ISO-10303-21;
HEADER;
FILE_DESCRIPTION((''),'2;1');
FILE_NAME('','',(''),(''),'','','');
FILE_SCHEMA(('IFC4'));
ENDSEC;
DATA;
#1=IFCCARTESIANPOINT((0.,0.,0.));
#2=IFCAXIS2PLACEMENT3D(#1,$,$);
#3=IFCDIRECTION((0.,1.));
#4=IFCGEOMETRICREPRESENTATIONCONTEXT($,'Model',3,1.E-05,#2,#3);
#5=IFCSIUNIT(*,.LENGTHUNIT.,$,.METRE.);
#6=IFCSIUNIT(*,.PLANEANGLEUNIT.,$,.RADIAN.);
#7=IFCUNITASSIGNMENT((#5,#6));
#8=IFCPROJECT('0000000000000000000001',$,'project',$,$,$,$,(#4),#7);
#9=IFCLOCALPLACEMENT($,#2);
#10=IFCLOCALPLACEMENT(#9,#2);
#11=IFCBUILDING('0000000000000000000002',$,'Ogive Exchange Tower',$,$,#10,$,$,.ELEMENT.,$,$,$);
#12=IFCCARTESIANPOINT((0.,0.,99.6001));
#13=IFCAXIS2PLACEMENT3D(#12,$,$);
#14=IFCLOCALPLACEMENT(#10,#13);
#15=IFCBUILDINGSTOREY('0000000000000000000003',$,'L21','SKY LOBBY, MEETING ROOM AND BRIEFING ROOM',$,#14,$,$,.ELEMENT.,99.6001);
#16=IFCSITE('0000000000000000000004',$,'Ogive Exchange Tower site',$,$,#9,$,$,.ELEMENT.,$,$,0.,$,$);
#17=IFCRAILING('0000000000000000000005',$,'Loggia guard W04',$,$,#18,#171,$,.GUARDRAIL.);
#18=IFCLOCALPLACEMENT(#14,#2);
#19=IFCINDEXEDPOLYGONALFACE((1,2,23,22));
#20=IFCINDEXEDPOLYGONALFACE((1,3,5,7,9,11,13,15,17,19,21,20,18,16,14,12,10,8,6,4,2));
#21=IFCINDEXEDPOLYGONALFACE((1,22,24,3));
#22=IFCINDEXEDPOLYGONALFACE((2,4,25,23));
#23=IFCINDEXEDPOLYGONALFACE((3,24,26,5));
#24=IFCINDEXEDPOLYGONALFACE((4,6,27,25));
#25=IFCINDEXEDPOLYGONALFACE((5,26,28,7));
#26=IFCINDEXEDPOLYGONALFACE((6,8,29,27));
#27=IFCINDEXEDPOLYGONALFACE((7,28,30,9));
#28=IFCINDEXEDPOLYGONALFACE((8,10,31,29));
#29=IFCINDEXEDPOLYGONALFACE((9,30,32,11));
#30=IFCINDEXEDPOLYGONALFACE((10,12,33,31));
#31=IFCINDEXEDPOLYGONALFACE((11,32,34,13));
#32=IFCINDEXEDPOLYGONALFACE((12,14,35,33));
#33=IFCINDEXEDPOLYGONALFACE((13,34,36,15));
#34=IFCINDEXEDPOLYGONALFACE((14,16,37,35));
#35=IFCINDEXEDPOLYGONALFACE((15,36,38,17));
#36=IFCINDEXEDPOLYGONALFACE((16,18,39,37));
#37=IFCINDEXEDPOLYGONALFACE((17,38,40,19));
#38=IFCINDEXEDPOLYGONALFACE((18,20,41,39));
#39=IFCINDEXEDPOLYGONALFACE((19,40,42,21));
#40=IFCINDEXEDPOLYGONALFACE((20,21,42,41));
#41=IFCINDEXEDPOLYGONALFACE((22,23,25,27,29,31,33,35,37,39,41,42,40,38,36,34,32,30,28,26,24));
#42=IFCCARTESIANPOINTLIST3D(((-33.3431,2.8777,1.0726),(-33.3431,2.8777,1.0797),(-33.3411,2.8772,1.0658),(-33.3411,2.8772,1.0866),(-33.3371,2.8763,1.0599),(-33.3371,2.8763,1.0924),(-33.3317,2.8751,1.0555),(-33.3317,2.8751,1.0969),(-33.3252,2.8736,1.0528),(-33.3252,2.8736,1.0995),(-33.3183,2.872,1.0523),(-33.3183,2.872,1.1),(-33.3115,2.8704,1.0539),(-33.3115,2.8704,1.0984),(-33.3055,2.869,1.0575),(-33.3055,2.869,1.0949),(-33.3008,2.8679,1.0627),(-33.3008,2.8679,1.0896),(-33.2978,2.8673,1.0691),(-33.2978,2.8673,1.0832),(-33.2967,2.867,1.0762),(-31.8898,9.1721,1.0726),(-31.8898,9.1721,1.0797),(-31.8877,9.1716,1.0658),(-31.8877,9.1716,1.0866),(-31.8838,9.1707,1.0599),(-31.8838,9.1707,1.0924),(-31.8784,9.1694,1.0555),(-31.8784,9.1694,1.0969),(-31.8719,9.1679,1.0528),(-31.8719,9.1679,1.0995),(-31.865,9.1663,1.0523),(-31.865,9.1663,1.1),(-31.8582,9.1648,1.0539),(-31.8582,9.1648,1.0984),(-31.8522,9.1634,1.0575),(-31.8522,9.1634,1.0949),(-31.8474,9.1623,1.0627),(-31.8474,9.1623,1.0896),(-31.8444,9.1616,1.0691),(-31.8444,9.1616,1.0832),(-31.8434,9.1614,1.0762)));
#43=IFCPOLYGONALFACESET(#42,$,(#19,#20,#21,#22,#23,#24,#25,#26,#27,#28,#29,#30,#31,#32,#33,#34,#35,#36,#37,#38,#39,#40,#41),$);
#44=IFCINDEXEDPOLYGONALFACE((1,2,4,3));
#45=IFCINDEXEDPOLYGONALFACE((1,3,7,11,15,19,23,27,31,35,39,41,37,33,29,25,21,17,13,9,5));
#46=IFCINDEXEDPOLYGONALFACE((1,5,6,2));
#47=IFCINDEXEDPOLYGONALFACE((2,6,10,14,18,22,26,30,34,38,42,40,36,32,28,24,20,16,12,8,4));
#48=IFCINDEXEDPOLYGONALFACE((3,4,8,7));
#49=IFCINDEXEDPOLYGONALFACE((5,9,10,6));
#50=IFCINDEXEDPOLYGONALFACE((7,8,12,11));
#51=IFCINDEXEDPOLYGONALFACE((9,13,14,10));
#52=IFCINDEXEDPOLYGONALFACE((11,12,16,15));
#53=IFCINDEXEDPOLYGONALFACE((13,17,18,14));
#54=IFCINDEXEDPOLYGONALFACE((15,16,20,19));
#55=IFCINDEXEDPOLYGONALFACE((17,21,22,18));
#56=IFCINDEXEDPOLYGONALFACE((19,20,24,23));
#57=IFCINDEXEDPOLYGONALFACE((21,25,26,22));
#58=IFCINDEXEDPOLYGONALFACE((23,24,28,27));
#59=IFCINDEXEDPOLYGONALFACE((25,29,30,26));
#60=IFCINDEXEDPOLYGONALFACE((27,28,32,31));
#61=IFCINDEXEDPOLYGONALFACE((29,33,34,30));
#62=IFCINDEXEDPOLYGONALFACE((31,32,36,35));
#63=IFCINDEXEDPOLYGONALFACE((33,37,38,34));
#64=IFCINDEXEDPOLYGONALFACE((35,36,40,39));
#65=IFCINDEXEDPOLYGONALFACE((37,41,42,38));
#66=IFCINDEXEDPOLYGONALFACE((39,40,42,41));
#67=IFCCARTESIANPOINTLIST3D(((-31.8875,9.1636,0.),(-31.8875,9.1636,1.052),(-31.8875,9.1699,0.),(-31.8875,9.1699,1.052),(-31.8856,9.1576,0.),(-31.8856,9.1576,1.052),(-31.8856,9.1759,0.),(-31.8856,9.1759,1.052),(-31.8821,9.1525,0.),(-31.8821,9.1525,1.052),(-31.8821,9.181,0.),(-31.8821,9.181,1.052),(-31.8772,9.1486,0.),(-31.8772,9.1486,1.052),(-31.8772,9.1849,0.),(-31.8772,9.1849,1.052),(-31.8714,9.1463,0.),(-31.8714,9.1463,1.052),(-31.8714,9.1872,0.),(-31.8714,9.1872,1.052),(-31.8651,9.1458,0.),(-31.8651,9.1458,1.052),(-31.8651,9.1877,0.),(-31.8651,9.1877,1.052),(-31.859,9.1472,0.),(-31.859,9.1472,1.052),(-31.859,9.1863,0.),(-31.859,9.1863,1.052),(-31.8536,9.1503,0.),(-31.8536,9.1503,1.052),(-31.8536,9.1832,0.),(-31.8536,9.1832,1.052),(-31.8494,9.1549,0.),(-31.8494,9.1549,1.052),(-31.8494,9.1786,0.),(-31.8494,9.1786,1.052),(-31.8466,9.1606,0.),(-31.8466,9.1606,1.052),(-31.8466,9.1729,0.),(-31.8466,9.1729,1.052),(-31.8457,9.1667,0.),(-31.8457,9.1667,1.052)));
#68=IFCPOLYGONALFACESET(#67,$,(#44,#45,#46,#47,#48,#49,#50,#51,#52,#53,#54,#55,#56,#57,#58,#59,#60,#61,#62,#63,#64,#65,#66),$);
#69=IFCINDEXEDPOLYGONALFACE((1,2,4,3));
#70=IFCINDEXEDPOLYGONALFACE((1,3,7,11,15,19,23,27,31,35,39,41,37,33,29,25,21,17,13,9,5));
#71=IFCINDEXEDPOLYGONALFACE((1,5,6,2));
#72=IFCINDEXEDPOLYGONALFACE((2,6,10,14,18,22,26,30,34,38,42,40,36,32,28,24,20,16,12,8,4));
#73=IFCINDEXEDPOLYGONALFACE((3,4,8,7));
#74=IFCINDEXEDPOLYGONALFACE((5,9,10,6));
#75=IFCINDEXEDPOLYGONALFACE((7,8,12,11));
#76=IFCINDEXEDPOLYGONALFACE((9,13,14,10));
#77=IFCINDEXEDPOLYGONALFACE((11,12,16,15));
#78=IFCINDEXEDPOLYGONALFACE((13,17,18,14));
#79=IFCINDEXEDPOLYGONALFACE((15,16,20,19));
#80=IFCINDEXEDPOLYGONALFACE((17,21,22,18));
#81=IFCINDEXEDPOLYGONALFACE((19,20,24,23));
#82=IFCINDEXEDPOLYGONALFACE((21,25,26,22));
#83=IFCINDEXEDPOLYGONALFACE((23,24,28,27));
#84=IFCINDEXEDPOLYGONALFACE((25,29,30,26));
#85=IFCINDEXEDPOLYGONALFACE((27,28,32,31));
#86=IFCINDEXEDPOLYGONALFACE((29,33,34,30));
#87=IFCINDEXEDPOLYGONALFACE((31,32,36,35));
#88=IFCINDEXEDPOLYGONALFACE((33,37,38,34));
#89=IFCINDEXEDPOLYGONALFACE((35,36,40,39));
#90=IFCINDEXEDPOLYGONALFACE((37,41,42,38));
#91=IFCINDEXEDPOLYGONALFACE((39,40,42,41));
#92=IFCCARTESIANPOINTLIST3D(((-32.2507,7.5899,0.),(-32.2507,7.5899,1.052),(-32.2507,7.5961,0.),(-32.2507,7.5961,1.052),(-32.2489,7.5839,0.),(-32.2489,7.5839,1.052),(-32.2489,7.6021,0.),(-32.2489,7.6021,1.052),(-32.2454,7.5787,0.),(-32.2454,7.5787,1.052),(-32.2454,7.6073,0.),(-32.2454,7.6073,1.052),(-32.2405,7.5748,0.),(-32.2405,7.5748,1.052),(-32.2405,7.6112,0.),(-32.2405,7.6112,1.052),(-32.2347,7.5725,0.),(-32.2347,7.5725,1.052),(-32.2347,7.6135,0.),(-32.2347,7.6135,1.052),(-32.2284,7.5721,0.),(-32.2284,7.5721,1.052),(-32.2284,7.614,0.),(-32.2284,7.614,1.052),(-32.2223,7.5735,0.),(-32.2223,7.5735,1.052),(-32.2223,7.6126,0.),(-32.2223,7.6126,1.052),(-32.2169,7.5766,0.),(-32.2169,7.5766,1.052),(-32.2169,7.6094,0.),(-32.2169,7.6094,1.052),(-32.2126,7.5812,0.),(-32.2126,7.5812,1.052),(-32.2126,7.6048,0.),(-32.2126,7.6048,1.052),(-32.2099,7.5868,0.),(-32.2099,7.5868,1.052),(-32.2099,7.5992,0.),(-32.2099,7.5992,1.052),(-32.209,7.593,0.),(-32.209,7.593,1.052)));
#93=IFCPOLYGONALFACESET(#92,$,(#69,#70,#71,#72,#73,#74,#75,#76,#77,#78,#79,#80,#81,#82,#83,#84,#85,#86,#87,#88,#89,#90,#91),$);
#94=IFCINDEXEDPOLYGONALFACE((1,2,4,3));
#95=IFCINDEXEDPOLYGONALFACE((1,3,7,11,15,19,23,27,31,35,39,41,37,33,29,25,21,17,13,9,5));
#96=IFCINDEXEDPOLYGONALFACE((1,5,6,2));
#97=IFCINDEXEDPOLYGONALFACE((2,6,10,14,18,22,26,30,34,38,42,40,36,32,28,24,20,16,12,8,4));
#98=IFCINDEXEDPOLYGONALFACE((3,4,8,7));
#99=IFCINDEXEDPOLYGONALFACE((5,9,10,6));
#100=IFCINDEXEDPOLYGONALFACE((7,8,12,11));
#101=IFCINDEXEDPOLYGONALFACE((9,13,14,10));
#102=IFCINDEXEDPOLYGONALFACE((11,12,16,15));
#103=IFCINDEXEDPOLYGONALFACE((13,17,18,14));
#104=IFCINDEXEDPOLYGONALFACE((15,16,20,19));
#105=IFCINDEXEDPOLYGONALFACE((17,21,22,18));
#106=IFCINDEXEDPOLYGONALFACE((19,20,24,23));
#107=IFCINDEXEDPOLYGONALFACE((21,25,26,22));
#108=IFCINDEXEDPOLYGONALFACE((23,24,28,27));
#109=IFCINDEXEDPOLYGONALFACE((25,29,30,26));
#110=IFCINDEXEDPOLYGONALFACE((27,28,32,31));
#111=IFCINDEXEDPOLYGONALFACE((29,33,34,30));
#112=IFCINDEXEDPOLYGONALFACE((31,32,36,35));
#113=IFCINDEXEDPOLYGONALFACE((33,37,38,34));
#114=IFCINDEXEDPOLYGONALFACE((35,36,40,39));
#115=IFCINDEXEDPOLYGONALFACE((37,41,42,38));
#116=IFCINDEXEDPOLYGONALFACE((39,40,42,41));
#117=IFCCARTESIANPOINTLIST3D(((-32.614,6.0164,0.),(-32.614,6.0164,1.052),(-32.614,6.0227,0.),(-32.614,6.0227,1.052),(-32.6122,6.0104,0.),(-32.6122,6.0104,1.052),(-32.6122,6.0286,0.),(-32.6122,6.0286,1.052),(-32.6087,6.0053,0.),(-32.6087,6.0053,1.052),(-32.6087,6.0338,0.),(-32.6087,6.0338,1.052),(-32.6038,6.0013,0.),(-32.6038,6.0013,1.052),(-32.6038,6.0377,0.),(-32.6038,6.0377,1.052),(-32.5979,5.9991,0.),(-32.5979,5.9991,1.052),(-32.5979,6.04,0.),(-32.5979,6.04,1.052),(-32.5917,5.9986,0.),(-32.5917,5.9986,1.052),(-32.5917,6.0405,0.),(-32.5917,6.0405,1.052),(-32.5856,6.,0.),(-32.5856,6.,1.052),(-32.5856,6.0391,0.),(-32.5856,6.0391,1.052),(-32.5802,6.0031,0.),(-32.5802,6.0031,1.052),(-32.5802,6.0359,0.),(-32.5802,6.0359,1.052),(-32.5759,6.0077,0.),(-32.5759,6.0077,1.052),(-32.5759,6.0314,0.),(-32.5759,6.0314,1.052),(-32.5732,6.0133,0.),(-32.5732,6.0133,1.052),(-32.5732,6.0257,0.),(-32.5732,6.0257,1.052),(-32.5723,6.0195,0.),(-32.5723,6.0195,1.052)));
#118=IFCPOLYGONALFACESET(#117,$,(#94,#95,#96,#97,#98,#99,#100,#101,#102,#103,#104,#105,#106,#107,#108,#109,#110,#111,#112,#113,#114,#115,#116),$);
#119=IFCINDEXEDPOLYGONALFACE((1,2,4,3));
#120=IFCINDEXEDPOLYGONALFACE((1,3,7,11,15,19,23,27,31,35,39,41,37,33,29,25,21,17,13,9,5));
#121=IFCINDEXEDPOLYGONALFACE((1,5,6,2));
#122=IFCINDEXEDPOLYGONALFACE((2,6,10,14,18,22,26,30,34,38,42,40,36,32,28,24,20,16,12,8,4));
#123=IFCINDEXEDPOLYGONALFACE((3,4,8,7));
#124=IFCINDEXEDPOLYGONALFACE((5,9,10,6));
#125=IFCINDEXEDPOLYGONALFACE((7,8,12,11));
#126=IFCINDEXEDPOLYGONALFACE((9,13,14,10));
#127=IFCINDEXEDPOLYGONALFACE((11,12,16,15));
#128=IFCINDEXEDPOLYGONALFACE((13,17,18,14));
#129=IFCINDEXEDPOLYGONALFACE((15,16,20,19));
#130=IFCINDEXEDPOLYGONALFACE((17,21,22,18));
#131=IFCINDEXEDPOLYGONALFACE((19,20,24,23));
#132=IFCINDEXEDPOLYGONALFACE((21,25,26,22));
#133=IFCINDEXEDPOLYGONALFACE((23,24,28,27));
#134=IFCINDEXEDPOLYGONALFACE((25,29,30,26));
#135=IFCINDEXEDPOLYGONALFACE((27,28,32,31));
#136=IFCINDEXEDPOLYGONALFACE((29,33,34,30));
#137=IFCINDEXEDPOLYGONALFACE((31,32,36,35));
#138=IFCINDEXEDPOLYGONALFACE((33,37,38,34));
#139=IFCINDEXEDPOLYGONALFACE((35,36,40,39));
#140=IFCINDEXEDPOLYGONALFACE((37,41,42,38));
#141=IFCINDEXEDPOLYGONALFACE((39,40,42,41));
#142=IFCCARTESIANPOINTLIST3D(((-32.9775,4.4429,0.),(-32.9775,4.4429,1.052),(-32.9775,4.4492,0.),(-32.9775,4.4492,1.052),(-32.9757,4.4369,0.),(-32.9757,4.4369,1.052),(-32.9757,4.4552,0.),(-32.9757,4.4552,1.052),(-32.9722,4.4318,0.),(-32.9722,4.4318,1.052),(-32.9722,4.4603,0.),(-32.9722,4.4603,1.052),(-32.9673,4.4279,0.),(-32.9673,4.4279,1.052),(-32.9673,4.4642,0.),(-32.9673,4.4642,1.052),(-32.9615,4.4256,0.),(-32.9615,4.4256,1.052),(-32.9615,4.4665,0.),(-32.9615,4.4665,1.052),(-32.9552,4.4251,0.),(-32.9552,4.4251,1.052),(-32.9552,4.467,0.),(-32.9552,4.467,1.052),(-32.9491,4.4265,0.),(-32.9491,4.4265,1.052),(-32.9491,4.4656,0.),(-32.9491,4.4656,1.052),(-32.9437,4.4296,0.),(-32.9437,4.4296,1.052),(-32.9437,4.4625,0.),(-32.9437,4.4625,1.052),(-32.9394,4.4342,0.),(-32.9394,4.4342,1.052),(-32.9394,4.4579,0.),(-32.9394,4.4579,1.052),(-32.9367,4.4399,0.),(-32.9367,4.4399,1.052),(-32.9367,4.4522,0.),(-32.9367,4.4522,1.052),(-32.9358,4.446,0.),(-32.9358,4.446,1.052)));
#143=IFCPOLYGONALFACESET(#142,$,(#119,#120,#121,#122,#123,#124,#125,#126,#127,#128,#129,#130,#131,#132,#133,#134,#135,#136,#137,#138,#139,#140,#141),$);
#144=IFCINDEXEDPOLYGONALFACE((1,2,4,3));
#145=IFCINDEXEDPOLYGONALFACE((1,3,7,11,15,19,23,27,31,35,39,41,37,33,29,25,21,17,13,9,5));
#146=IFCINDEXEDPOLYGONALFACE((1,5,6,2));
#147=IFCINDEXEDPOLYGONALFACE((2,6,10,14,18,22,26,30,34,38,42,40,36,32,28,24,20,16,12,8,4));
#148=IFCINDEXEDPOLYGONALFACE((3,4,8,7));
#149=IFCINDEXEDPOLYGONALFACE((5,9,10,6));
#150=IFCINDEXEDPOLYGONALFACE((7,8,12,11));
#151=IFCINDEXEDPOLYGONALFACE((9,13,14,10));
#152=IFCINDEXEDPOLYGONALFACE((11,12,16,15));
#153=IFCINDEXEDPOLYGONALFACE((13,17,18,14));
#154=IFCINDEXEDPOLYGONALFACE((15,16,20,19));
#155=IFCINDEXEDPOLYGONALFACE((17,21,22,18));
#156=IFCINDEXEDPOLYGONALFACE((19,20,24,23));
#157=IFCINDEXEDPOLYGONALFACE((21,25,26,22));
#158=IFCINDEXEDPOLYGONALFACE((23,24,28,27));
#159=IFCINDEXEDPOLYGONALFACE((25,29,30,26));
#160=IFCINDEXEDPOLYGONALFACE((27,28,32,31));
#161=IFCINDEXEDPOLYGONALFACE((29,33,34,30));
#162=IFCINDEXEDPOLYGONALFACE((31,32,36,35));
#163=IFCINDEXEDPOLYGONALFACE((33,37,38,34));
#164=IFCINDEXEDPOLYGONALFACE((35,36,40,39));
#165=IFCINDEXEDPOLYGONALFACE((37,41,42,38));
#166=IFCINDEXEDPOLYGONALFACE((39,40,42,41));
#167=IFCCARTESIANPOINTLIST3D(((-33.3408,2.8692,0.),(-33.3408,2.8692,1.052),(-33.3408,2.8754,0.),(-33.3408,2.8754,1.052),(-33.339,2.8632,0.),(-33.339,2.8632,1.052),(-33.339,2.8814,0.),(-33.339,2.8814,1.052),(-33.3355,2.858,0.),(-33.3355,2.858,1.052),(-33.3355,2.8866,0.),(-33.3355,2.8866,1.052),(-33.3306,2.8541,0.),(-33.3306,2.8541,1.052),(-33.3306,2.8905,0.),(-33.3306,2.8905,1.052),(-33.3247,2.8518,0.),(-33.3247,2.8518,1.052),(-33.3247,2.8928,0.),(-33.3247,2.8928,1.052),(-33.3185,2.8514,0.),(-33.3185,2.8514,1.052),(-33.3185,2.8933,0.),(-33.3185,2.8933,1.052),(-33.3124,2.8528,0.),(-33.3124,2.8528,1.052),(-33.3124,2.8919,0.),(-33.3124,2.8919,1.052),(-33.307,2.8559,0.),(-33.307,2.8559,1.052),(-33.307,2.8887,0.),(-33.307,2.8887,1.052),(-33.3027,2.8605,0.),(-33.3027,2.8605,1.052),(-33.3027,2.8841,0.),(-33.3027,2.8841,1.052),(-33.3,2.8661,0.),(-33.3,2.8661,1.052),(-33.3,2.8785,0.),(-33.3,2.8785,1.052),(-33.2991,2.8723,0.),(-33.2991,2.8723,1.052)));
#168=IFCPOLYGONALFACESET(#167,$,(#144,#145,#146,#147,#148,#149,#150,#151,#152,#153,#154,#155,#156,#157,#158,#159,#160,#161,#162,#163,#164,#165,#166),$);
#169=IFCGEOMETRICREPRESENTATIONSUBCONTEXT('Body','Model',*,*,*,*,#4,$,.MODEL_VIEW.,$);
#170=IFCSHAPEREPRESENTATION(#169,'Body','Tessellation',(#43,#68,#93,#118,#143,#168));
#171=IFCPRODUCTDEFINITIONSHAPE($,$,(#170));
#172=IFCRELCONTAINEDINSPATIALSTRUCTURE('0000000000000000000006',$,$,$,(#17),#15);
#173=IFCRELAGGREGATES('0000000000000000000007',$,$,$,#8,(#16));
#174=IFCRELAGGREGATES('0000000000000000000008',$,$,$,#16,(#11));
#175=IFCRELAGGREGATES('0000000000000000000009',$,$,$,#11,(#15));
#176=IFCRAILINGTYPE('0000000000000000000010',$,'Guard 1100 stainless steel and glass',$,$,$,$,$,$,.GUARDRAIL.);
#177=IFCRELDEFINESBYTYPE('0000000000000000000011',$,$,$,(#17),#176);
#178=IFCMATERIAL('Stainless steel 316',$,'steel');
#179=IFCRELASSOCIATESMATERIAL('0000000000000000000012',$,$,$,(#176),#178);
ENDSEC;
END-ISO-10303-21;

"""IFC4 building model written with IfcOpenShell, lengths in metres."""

from ifc_helpers import new_model, si_unit, direction, frame, origin, origin_2d, place, context, subcontext, project, spatial, circle, extrude, material, type_object, element, save


model = new_model("IFC4")

# Units and contexts
model_context = context("Model", 3, precision=1e-05, world=origin(), true_north=direction((0.0, 1.0)))
body_context = subcontext(model_context, "Body", "Model", "MODEL_VIEW")
ifc_project = project(units=[si_unit("LENGTHUNIT", "METRE"), si_unit("PLANEANGLEUNIT", "RADIAN")], contexts=[model_context])

# Site, building, storey
site_placement = place(None, origin())
site = spatial("IfcSite", under=ifc_project, at=site_placement, Name="Ogive Exchange Tower site", CompositionType="ELEMENT", RefElevation=0.0)
building_placement = place(site_placement, origin())
building = spatial("IfcBuilding", under=site, at=building_placement, Name="Ogive Exchange Tower", CompositionType="ELEMENT")
storey_placement = place(building_placement, frame((0.0, 0.0, 99.6001)))
storey = spatial("IfcBuildingStorey", under=building, at=storey_placement, Name="L21", Description="SKY LOBBY, MEETING ROOM AND BRIEFING ROOM", CompositionType="ELEMENT", Elevation=99.6001)

# Railing
ifc_material_1 = material(Name="Stainless steel 316", Category="steel")
railing_type_1 = type_object("IfcRailingType", Name="Guard 1100 stainless steel and glass", PredefinedType="GUARDRAIL", material=ifc_material_1)
railing_1_placement = place(storey_placement, frame((-31.8667, 9.1667, 0.0)))
element("IfcRailing", 1, at=railing_1_placement, inside=storey, type_object=railing_type_1, Name="Loggia guard W04", PredefinedType="GUARDRAIL", context=body_context, shape_type="SweptSolid", body=[
    extrude(circle(Radius=0.0239, at=origin_2d()), frame((0.0, 0.0, 1.0762), z_axis=(-0.224978, -0.974364, 0.0), x_axis=(0.974364, -0.224978, 0.0)), (0.0, 0.0, 1.0), 6.46),
    extrude(circle(Radius=0.021, at=origin_2d()), origin(), (0.0, 0.0, 1.0), 1.052),
    extrude(circle(Radius=0.021, at=origin_2d()), frame((-0.3633, -1.5737, 0.0)), (0.0, 0.0, 1.0), 1.052),
    extrude(circle(Radius=0.021, at=origin_2d()), frame((-0.7266, -3.1472, 0.0)), (0.0, 0.0, 1.0), 1.052),
    extrude(circle(Radius=0.021, at=origin_2d()), frame((-1.0901, -4.7207, 0.0)), (0.0, 0.0, 1.0), 1.052),
    extrude(circle(Radius=0.021, at=origin_2d()), frame((-1.4534, -6.2944, 0.0)), (0.0, 0.0, 1.0), 1.052),
])

save(model, "model.ifc")
